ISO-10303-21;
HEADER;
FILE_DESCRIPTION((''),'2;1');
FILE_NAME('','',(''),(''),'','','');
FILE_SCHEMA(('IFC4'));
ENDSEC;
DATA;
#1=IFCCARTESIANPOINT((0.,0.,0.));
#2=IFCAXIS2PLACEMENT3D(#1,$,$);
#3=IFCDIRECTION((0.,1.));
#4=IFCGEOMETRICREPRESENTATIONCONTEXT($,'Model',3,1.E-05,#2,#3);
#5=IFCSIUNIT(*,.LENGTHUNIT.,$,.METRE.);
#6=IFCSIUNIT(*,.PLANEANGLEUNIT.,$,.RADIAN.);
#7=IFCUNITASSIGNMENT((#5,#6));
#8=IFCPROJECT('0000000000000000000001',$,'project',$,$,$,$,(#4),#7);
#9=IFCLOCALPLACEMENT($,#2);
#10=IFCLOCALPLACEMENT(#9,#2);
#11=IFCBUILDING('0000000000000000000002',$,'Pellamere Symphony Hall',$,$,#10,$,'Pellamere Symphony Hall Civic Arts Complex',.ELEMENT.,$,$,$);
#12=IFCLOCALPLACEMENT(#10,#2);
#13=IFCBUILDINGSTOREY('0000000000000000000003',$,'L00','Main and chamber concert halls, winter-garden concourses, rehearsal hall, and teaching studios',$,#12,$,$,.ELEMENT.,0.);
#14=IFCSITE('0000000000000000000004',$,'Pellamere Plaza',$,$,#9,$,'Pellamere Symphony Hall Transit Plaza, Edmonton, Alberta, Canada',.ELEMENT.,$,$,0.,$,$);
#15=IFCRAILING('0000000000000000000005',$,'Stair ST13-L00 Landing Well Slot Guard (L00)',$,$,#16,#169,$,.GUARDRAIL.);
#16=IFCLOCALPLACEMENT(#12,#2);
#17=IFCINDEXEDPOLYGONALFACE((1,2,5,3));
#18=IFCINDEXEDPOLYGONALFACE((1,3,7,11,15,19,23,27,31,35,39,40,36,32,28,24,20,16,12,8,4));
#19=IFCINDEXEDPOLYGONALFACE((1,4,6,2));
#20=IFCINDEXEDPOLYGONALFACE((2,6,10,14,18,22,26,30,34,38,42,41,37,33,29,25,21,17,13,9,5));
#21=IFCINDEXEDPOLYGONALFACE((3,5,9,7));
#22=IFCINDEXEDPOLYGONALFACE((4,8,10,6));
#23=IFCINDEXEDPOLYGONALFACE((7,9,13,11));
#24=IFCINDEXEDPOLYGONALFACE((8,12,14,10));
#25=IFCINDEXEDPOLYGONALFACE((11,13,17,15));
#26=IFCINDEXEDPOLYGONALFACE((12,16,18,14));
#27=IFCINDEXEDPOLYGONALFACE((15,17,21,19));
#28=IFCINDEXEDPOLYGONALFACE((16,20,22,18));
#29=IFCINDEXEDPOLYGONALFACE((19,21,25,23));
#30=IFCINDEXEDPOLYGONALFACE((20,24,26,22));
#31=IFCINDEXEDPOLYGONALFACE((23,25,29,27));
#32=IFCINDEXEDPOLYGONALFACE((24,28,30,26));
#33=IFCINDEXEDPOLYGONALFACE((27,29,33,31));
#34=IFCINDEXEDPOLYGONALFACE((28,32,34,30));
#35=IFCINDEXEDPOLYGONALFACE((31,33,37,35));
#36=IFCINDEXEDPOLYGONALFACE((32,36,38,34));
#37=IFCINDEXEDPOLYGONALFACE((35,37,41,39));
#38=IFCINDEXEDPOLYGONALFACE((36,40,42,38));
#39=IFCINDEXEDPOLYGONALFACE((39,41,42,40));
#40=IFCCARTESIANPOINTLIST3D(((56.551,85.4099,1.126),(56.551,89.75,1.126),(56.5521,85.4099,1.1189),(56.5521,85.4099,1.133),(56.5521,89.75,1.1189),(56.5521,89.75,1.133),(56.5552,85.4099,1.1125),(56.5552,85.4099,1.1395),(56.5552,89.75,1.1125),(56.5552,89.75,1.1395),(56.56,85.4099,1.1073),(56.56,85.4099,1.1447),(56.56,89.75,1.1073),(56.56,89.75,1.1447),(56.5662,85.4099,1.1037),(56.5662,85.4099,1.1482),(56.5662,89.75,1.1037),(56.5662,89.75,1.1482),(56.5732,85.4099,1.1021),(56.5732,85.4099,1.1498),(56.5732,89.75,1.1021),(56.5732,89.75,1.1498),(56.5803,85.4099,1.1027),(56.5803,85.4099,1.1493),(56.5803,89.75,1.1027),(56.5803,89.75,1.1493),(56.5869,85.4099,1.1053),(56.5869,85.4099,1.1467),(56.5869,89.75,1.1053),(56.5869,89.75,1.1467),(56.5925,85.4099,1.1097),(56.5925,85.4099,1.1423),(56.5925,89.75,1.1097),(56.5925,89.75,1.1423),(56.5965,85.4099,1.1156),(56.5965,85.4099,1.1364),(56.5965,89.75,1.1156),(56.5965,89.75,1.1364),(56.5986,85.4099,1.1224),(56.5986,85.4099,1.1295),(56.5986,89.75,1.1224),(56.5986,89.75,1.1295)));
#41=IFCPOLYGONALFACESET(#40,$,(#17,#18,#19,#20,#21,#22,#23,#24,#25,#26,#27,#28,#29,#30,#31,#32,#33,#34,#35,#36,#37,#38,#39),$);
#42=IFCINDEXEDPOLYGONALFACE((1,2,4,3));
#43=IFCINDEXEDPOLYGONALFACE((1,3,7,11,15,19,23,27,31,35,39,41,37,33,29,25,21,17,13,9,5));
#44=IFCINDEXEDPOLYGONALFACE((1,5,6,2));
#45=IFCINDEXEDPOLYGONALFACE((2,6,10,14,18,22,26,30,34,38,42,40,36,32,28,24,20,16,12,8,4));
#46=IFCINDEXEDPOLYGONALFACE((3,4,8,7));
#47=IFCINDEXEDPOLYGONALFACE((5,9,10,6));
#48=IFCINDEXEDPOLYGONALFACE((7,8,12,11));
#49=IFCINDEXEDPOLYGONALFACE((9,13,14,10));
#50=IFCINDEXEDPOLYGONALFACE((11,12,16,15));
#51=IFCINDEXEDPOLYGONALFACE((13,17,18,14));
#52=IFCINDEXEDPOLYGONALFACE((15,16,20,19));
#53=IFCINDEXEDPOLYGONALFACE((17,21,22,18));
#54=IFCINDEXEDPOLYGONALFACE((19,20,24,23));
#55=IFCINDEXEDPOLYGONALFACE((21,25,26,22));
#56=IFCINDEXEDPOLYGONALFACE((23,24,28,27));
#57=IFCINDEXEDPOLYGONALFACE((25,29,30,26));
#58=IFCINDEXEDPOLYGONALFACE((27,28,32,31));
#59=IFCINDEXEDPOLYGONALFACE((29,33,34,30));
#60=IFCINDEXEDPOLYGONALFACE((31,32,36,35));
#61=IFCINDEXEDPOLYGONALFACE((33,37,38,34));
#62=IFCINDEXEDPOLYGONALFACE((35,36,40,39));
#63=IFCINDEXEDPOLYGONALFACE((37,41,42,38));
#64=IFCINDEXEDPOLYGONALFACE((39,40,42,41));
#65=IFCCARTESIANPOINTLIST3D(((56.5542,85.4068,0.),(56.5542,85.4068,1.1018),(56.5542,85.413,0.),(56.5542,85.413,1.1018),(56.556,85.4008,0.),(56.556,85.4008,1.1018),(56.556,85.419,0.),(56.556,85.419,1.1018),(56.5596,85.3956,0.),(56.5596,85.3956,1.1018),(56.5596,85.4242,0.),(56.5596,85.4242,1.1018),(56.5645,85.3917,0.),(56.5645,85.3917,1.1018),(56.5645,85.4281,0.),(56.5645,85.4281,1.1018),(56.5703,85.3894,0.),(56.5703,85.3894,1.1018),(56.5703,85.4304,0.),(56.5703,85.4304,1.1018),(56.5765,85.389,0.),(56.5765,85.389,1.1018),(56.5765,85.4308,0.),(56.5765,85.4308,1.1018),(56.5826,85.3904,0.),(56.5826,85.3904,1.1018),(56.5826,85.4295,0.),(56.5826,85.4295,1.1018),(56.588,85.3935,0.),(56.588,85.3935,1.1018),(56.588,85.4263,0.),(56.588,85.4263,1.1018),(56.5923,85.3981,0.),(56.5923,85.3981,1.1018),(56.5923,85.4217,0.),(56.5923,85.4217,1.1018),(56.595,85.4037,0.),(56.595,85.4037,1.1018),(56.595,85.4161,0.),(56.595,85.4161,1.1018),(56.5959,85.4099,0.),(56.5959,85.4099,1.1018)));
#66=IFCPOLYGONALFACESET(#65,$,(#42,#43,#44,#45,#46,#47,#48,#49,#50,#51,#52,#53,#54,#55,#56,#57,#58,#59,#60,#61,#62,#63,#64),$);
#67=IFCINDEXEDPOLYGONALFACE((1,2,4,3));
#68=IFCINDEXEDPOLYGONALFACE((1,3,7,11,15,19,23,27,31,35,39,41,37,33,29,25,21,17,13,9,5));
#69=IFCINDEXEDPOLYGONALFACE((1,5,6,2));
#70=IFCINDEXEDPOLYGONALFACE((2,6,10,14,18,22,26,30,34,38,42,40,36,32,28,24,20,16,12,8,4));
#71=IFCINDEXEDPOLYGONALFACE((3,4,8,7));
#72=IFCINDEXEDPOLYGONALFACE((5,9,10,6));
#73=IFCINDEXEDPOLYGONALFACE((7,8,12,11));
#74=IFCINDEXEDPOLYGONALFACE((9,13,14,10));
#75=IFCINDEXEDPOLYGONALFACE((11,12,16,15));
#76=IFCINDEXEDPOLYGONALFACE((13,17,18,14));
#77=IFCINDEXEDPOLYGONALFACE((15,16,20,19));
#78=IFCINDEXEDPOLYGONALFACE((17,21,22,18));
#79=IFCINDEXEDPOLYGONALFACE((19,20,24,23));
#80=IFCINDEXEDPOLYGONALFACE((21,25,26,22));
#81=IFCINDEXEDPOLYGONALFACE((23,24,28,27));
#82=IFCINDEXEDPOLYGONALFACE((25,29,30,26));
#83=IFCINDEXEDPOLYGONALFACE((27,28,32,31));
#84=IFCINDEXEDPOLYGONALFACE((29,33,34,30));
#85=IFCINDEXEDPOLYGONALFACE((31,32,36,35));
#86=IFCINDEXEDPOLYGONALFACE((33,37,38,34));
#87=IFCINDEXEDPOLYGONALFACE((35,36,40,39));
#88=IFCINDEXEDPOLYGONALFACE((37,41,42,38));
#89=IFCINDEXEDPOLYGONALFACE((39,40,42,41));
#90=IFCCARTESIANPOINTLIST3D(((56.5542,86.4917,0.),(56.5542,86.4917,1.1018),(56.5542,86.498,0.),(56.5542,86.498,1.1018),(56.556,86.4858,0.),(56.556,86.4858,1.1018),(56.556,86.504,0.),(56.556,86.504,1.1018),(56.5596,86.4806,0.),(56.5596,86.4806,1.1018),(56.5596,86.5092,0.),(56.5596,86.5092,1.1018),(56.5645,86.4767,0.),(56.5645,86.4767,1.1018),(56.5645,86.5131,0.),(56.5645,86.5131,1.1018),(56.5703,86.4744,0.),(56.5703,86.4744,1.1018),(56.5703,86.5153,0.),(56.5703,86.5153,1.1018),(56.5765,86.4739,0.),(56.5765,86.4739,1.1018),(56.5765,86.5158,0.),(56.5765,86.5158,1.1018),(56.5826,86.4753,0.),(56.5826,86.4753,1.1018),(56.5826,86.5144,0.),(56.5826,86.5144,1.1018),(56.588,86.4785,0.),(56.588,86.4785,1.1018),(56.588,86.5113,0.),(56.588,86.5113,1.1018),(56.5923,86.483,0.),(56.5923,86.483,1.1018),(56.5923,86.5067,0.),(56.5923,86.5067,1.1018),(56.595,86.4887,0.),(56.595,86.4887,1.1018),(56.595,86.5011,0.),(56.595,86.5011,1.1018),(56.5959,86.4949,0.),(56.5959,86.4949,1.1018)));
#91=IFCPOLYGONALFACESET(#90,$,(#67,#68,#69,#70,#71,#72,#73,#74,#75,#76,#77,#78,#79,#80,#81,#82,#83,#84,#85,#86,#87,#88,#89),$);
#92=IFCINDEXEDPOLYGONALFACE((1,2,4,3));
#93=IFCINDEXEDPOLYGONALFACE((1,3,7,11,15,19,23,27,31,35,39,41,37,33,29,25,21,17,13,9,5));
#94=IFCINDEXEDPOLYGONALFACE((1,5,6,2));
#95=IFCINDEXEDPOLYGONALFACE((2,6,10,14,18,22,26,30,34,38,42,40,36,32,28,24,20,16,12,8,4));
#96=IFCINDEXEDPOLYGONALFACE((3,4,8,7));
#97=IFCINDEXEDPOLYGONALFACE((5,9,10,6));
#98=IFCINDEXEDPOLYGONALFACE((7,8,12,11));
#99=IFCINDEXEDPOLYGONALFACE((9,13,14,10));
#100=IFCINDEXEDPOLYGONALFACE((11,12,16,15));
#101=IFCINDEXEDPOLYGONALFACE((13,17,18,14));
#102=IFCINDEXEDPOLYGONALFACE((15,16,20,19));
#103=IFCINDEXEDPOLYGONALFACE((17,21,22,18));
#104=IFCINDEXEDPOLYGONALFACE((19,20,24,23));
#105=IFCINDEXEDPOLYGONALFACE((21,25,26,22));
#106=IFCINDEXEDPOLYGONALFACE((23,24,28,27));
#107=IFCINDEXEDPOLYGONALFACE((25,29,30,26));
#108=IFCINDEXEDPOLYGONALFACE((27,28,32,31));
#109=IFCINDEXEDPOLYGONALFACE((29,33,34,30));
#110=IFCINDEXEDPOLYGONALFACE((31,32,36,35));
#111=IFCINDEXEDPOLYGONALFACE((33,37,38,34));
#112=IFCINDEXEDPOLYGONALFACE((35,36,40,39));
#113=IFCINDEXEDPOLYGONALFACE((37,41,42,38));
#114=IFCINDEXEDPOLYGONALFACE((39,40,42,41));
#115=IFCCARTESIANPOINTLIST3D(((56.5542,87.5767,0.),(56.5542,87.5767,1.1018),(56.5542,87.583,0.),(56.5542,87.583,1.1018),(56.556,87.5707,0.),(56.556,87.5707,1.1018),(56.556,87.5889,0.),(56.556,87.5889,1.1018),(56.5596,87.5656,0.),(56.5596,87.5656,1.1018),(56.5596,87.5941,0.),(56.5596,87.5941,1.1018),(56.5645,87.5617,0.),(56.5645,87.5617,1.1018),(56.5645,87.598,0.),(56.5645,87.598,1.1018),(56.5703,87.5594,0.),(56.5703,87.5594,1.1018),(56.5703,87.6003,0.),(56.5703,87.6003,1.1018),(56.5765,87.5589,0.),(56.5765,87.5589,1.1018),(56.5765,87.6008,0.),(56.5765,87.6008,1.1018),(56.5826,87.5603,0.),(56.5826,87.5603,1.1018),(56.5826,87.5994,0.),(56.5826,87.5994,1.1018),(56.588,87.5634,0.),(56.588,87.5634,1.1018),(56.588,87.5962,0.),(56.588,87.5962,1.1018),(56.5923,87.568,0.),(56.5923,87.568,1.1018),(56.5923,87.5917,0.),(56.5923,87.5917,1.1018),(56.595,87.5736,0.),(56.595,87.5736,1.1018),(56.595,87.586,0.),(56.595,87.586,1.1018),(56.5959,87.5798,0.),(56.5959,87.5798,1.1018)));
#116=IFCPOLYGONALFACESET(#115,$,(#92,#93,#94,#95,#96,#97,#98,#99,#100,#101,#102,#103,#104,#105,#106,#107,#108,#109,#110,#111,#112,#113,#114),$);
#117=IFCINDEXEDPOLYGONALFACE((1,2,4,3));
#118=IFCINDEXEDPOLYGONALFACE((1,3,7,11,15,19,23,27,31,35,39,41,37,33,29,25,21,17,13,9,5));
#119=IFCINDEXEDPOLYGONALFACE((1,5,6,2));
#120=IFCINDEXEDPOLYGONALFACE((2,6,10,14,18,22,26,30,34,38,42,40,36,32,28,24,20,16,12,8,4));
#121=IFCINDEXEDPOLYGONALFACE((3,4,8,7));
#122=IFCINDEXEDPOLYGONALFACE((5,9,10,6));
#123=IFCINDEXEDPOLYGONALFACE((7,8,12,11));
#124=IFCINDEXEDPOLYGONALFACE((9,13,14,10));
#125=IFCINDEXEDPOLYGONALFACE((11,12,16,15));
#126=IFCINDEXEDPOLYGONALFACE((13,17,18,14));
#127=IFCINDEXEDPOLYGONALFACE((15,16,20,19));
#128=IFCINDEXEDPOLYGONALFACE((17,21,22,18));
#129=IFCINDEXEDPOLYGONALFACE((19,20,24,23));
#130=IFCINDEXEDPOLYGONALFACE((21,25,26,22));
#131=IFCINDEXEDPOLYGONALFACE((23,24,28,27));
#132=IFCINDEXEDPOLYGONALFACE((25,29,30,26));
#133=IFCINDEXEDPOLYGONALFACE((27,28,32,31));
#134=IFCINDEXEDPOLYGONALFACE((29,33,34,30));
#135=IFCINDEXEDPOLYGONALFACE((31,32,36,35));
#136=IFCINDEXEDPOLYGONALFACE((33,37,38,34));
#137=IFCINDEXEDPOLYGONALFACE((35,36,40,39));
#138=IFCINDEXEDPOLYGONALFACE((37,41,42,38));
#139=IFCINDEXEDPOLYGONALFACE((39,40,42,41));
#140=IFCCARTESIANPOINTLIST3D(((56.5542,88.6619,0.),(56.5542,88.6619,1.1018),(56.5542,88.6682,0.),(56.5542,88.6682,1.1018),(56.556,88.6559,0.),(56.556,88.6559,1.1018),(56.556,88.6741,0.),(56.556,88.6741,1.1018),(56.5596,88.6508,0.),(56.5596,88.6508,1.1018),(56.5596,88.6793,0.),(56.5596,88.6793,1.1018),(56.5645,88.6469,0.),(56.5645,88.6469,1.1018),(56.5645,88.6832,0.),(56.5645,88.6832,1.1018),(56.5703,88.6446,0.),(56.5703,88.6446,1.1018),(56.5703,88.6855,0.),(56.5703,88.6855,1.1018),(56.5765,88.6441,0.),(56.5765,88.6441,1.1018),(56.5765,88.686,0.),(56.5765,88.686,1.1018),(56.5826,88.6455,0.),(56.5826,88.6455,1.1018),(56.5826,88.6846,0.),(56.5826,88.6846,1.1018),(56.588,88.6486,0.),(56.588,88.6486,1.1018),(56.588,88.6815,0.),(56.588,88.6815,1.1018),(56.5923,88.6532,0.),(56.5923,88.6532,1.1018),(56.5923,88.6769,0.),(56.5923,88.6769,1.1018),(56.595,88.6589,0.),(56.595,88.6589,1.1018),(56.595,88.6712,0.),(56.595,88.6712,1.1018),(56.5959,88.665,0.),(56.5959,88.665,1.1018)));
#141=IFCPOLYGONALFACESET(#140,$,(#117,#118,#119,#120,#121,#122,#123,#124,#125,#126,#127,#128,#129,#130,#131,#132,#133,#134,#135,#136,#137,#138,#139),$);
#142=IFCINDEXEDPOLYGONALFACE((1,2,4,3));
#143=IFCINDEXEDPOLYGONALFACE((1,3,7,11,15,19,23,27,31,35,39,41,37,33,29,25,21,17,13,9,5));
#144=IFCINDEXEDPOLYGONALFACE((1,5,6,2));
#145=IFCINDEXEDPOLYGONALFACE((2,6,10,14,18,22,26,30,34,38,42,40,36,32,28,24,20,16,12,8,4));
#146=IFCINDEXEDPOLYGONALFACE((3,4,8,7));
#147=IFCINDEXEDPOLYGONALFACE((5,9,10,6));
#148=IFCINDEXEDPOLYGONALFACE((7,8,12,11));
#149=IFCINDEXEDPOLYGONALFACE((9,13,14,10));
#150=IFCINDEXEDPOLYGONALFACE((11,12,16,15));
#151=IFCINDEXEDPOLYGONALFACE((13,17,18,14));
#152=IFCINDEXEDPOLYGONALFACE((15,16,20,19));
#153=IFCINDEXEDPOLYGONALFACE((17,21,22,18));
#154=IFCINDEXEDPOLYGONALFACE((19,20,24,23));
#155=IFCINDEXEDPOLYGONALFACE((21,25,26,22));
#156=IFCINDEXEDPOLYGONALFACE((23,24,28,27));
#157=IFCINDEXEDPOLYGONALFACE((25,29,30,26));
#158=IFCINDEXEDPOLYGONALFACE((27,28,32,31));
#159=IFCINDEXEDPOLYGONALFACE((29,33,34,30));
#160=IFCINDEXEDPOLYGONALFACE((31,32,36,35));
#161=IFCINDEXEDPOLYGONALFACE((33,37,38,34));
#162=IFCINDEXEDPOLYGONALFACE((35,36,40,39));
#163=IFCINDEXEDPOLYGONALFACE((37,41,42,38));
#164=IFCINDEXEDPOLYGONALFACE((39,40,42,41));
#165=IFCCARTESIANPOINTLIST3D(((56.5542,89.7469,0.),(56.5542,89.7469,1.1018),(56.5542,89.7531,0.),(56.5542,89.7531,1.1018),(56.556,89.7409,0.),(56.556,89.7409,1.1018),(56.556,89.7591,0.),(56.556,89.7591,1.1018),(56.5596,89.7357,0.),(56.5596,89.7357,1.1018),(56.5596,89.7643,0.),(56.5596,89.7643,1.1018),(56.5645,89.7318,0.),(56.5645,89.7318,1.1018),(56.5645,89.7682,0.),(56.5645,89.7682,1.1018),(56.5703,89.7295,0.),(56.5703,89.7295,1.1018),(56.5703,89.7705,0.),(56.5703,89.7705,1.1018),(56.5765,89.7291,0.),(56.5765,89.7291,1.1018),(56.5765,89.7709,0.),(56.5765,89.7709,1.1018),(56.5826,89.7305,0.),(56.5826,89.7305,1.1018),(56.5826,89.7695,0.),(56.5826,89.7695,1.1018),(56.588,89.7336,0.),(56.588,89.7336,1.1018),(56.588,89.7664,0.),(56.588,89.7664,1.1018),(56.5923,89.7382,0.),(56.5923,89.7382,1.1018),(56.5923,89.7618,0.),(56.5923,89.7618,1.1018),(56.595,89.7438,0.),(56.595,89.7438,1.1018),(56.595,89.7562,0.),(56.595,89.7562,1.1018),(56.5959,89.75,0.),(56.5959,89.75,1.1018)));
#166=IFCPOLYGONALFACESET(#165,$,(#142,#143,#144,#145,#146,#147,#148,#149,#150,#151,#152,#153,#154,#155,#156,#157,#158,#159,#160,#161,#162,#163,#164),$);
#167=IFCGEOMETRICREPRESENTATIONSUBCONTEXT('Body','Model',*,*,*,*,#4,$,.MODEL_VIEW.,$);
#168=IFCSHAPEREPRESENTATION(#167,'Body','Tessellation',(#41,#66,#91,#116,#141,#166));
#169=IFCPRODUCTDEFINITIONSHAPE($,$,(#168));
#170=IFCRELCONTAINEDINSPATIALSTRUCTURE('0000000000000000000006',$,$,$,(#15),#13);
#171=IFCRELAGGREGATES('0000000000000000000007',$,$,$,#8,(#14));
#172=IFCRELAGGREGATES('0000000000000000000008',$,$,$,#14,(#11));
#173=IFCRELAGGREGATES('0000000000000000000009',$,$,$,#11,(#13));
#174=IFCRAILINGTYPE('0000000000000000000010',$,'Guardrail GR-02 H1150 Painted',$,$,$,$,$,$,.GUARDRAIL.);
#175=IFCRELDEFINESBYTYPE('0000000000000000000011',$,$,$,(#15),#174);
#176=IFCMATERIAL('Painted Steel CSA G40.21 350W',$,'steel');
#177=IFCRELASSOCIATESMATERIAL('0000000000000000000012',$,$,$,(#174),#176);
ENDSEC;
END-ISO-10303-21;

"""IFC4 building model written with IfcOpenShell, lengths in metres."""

from ifc_helpers import new_model, si_unit, direction, frame, origin, origin_2d, place, context, subcontext, project, spatial, circle, extrude, material, type_object, element, save


model = new_model("IFC4")

# Units and contexts
model_context = context("Model", 3, precision=1e-05, world=origin(), true_north=direction((0.0, 1.0)))
body_context = subcontext(model_context, "Body", "Model", "MODEL_VIEW")
ifc_project = project(units=[si_unit("LENGTHUNIT", "METRE"), si_unit("PLANEANGLEUNIT", "RADIAN")], contexts=[model_context])

# Site, building, storey
site_placement = place(None, origin())
site = spatial("IfcSite", under=ifc_project, at=site_placement, Name="Pellamere Plaza", LongName="Pellamere Symphony Hall Transit Plaza, Edmonton, Alberta, Canada", CompositionType="ELEMENT", RefElevation=0.0)
building_placement = place(site_placement, origin())
building = spatial("IfcBuilding", under=site, at=building_placement, Name="Pellamere Symphony Hall", LongName="Pellamere Symphony Hall Civic Arts Complex", CompositionType="ELEMENT")
storey_placement = place(building_placement, origin())
storey = spatial("IfcBuildingStorey", under=building, at=storey_placement, Name="L00", Description="Main and chamber concert halls, winter-garden concourses, rehearsal hall, and teaching studios", CompositionType="ELEMENT", Elevation=0.0)

# Railing
ifc_material_1 = material(Name="Painted Steel CSA G40.21 350W", Category="steel")
railing_type_1 = type_object("IfcRailingType", Name="Guardrail GR-02 H1150 Painted", PredefinedType="GUARDRAIL", material=ifc_material_1)
railing_1_placement = place(storey_placement, frame((56.575, 85.4099, 0.0)))
element("IfcRailing", 1, at=railing_1_placement, inside=storey, type_object=railing_type_1, Name="Stair ST13-L00 Landing Well Slot Guard (L00)", PredefinedType="GUARDRAIL", context=body_context, shape_type="SweptSolid", body=[
    extrude(circle(Radius=0.0239, at=origin_2d()), frame((0.0, 0.0, 1.126), z_axis=(0.0, 1.0, 0.0), x_axis=(-1.0, 0.0, 0.0)), (0.0, 0.0, 1.0), 4.3401),
    extrude(circle(Radius=0.021, at=origin_2d()), origin(), (0.0, 0.0, 1.0), 1.1018),
    extrude(circle(Radius=0.021, at=origin_2d()), frame((0.0, 1.085, 0.0)), (0.0, 0.0, 1.0), 1.1018),
    extrude(circle(Radius=0.021, at=origin_2d()), frame((0.0, 2.1699, 0.0)), (0.0, 0.0, 1.0), 1.1018),
    extrude(circle(Radius=0.021, at=origin_2d()), frame((0.0, 3.2551, 0.0)), (0.0, 0.0, 1.0), 1.1018),
    extrude(circle(Radius=0.021, at=origin_2d()), frame((0.0, 4.3401, 0.0)), (0.0, 0.0, 1.0), 1.1018),
])

save(model, "model.ifc")
